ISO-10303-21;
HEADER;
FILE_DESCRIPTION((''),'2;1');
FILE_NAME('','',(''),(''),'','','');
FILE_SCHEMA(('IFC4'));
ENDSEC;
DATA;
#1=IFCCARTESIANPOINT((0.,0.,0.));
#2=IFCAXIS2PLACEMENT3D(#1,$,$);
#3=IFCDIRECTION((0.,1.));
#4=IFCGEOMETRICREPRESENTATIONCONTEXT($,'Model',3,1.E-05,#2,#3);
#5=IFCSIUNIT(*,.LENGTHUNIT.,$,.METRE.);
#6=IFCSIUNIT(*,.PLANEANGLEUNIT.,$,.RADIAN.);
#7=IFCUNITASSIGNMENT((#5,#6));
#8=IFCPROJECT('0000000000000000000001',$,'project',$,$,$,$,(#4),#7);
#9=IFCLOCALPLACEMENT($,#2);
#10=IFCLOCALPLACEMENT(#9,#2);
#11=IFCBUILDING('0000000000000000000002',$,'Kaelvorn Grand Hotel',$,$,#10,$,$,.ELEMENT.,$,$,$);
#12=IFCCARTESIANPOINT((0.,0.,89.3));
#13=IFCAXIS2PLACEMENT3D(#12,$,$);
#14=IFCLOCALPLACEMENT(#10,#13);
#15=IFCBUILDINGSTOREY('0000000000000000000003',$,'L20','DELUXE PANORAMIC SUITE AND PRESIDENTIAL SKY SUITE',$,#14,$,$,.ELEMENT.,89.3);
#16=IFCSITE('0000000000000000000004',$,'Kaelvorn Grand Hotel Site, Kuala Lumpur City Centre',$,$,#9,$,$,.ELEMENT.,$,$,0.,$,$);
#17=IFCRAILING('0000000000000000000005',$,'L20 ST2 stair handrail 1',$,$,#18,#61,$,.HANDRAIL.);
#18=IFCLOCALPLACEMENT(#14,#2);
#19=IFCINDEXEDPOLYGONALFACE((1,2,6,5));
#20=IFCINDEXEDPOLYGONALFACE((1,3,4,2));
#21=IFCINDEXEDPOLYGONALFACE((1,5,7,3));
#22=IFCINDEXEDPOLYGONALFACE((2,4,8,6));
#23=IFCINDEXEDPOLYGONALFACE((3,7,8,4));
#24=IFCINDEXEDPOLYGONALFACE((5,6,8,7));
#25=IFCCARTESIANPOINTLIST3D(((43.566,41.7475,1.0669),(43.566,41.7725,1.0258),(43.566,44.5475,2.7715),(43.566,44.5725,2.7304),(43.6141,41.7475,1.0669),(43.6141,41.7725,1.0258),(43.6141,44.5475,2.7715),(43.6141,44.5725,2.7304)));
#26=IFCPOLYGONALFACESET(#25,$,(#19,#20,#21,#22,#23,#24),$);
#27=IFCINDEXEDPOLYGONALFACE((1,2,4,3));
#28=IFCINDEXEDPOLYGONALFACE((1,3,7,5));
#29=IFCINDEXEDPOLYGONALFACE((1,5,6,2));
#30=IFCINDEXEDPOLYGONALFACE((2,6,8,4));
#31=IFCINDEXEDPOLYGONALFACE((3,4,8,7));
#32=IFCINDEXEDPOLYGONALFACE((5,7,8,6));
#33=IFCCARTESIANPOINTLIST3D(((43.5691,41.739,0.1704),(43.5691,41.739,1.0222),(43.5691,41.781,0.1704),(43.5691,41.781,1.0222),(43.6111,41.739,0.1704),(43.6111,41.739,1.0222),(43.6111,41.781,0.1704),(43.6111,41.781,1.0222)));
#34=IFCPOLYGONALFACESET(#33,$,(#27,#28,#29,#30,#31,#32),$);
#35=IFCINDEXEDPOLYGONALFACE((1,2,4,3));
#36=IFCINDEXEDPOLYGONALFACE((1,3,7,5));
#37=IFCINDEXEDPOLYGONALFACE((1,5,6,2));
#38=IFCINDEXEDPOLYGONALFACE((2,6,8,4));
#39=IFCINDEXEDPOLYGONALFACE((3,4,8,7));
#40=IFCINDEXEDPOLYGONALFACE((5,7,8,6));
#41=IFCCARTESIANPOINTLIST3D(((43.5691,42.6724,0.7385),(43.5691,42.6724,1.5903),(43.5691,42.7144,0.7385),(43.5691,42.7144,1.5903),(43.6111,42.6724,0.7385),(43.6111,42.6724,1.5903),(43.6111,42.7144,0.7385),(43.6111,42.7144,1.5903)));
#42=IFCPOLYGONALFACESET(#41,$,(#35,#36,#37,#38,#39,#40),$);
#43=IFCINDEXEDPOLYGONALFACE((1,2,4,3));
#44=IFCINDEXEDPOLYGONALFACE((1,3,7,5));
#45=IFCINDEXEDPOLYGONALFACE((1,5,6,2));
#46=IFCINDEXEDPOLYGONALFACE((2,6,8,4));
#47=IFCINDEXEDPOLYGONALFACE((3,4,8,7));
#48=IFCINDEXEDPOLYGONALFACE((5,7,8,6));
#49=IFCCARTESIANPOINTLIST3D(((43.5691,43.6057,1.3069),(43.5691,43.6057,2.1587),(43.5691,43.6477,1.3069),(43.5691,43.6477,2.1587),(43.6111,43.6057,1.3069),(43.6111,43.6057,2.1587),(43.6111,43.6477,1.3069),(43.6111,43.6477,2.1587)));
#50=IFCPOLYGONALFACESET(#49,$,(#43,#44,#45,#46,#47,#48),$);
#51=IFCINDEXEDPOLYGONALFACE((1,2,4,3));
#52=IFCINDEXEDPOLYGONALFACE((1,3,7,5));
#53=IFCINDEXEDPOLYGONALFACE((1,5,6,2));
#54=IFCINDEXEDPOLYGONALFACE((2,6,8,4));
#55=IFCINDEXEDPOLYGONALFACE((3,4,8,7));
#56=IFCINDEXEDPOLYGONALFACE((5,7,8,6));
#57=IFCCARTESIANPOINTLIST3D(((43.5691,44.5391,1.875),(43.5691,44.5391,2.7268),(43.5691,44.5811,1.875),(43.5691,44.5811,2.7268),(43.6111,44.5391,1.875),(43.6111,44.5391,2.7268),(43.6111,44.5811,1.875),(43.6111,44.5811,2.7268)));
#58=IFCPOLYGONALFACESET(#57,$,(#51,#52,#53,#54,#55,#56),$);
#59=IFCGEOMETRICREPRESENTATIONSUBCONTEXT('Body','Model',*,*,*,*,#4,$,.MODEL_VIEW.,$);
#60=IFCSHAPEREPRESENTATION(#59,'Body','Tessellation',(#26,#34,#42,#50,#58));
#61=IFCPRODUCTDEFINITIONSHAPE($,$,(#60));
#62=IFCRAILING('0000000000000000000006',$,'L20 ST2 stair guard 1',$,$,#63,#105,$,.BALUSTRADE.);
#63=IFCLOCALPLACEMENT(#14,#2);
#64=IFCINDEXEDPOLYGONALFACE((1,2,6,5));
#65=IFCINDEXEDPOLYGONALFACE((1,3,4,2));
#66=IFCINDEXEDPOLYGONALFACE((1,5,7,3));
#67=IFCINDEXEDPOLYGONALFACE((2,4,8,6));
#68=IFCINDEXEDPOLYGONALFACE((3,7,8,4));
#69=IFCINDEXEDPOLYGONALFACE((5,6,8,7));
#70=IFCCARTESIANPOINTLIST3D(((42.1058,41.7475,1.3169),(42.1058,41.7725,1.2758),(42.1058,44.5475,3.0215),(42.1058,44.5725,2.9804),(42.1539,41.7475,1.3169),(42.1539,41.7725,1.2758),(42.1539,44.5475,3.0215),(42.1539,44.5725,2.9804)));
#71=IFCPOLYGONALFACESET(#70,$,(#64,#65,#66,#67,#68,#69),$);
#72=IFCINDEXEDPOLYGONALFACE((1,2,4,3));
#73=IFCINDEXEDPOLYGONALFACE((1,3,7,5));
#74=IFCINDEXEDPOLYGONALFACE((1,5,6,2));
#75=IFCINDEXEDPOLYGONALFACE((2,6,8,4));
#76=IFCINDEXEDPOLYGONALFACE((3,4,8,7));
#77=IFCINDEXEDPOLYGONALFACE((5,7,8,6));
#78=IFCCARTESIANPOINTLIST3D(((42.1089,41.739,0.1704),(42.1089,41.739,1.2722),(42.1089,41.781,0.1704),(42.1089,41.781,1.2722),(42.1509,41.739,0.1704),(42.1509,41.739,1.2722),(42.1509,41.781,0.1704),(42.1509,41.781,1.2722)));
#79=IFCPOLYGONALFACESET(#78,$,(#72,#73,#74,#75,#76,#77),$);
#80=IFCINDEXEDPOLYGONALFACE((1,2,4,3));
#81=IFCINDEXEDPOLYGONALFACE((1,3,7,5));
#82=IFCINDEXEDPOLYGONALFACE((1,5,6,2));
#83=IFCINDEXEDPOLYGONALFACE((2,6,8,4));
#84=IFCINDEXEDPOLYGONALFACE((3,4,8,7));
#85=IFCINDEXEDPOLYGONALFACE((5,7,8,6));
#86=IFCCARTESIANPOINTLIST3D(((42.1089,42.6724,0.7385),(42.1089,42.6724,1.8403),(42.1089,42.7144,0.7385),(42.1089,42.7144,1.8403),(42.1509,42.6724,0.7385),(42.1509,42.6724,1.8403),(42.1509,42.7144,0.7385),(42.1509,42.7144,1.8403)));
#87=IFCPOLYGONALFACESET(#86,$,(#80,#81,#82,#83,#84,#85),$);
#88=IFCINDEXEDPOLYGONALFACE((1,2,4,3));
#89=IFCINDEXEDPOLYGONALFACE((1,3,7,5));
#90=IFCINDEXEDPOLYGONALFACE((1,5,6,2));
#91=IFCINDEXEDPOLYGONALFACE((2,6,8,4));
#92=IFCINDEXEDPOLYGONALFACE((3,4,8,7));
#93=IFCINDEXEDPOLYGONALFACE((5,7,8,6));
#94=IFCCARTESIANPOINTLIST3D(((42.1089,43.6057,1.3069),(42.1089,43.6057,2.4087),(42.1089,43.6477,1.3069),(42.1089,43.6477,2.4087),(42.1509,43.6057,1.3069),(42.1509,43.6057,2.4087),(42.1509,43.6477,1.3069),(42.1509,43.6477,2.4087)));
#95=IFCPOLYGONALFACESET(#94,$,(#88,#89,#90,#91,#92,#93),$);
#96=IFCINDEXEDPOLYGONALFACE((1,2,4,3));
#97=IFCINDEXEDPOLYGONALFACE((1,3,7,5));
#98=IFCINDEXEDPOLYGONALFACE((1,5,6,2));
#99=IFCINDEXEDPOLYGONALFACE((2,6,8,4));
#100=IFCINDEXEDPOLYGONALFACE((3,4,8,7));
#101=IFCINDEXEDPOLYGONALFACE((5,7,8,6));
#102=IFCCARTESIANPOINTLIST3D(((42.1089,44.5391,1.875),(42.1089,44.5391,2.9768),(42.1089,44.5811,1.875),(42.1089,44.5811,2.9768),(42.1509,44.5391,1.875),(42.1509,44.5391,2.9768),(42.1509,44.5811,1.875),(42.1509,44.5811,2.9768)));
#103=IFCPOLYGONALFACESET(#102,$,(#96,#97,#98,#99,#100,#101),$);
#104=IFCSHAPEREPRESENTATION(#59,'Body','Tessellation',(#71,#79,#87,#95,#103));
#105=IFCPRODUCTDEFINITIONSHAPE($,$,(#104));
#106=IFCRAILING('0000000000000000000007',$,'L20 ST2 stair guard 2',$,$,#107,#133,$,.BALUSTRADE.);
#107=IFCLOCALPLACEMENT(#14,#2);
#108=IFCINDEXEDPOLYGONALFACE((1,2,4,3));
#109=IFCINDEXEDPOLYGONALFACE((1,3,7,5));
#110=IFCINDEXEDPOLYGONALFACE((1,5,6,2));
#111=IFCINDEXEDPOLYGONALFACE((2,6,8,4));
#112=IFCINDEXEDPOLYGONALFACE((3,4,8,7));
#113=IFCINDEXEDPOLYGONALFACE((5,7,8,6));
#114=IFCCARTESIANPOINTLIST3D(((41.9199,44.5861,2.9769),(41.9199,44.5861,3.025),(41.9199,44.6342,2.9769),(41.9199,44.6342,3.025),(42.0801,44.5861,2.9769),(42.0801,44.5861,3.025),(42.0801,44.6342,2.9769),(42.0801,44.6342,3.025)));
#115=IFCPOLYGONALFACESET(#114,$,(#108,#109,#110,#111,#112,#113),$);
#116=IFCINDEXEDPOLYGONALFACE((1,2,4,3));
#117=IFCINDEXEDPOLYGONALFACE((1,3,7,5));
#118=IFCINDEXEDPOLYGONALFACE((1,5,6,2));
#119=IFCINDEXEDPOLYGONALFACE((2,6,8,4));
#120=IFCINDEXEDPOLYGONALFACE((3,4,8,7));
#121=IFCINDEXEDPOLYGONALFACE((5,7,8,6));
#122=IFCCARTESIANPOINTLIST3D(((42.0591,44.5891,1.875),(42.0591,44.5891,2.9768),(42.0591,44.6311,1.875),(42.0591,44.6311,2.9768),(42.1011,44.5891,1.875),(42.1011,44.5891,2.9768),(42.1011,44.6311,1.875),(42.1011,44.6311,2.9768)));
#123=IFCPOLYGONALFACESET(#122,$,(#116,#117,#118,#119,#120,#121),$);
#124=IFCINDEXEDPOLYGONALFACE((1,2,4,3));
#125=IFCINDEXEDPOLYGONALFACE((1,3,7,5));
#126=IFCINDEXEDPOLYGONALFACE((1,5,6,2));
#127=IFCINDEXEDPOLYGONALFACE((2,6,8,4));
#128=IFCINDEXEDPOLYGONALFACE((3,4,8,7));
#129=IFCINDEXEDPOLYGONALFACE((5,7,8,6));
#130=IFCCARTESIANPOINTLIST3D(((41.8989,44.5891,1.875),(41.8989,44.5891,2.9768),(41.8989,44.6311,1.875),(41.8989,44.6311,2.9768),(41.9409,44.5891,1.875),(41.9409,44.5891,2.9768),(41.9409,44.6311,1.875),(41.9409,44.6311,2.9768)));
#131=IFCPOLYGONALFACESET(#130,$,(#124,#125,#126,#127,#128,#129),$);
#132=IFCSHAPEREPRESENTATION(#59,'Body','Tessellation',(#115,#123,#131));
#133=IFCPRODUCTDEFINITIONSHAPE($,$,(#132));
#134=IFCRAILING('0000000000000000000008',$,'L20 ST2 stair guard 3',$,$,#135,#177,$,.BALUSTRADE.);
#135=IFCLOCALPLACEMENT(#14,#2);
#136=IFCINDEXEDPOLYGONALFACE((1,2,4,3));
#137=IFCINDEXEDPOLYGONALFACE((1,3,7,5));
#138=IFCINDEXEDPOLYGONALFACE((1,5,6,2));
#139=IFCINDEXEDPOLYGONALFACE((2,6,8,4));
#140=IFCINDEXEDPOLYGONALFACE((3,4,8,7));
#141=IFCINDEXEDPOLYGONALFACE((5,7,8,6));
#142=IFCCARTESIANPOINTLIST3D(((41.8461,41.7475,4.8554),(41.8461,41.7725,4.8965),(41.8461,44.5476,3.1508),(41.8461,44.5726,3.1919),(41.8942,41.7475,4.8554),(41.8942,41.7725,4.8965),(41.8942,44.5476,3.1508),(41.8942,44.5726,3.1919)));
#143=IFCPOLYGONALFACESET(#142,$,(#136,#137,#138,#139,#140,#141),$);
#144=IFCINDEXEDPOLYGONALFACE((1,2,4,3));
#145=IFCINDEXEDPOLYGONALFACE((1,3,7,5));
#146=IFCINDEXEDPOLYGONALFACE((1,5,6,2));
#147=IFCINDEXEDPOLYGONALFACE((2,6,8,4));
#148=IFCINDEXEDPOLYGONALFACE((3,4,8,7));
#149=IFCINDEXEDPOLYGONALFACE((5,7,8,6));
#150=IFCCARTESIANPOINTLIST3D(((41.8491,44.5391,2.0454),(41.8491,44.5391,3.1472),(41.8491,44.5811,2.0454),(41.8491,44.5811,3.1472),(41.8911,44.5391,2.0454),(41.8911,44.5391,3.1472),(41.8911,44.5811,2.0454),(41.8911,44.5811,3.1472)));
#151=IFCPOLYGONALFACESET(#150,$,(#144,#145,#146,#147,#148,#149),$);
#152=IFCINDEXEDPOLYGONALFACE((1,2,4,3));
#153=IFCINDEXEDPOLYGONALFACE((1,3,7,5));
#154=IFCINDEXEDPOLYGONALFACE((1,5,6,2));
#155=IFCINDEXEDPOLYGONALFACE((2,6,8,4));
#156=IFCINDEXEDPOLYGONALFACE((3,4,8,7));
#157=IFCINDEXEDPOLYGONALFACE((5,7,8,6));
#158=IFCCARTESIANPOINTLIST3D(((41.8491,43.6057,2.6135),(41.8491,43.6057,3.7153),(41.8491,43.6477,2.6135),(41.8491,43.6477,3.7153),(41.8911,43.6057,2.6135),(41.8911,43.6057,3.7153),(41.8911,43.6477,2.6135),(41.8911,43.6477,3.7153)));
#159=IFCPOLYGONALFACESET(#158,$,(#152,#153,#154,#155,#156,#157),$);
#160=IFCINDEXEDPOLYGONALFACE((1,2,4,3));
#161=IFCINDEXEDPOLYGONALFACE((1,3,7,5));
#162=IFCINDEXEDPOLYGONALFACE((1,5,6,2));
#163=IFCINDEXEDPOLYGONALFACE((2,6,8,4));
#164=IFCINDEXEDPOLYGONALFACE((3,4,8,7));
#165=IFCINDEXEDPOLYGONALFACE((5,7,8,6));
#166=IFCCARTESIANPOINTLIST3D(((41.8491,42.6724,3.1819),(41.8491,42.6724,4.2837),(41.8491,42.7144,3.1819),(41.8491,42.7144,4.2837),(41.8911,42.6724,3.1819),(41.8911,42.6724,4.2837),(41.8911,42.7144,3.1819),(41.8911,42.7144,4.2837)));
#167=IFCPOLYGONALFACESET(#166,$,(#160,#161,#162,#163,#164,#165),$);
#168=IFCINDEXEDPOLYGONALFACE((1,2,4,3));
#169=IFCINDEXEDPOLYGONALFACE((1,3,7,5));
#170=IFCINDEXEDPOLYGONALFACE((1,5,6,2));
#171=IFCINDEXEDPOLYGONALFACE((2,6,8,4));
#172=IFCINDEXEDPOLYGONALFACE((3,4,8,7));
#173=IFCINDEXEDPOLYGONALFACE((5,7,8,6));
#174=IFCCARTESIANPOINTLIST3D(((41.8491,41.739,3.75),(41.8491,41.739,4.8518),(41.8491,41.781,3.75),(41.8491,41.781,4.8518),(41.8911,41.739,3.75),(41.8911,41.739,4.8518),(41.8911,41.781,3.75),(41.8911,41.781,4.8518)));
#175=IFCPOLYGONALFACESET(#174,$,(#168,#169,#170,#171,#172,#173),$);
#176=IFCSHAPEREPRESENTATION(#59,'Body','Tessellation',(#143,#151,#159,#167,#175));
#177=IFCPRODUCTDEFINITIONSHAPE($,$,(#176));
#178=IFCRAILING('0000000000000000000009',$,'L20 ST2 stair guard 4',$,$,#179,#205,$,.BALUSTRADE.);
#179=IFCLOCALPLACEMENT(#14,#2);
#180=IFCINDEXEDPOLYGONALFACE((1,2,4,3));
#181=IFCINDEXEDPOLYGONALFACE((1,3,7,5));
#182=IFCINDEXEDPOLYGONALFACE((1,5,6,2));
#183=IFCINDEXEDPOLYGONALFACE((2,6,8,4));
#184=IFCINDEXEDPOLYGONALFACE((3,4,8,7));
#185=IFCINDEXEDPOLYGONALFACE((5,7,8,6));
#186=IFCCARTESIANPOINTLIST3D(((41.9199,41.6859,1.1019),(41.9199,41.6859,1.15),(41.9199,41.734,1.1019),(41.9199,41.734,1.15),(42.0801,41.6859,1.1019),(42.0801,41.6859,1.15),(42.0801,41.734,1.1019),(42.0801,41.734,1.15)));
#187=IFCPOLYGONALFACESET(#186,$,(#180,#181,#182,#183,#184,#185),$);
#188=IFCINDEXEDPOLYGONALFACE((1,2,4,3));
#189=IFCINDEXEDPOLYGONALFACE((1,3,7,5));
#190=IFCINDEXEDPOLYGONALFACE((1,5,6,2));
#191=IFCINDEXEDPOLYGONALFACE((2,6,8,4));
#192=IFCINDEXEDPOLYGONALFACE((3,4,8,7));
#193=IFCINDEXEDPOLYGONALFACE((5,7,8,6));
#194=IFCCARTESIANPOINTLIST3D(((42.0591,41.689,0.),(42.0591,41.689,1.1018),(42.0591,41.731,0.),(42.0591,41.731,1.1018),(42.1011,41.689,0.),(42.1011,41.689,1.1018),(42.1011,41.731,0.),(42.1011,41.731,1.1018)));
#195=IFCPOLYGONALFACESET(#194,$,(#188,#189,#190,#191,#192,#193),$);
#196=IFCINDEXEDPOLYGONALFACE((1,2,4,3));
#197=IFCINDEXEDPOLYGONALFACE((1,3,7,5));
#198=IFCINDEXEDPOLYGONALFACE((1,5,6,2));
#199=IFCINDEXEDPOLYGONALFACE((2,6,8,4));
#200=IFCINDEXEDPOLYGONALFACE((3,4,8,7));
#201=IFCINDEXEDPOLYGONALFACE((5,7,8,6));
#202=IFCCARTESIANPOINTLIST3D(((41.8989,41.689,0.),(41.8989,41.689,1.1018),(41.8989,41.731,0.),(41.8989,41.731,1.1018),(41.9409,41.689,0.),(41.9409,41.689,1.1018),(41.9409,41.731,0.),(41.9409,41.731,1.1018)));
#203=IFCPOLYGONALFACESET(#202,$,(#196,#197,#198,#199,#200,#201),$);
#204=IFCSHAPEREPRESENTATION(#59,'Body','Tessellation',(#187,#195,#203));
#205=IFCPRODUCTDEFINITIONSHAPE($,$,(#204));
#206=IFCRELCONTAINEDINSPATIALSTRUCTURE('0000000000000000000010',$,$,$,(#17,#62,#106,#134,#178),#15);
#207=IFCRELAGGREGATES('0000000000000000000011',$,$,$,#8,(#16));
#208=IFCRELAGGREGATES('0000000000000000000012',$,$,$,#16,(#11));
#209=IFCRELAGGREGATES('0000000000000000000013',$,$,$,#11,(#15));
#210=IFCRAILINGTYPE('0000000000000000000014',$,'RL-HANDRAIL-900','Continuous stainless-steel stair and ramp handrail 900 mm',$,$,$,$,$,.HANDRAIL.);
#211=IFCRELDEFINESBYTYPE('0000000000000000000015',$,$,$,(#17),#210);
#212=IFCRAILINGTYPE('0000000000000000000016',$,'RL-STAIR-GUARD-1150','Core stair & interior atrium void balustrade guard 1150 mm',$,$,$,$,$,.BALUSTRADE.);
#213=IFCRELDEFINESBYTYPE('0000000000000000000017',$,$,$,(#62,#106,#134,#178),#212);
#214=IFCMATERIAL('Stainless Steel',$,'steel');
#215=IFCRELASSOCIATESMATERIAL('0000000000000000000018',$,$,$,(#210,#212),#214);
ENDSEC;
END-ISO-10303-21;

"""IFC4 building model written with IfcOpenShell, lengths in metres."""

from ifc_helpers import new_model, si_unit, direction, frame, origin, origin_2d, place, context, subcontext, project, spatial, rectangle, extrude, material, type_object, element, save


model = new_model("IFC4")

# Units and contexts
model_context = context("Model", 3, precision=1e-05, world=origin(), true_north=direction((0.0, 1.0)))
body_context = subcontext(model_context, "Body", "Model", "MODEL_VIEW")
ifc_project = project(units=[si_unit("LENGTHUNIT", "METRE"), si_unit("PLANEANGLEUNIT", "RADIAN")], contexts=[model_context])

# Site, building, storey
site_placement = place(None, origin())
site = spatial("IfcSite", under=ifc_project, at=site_placement, Name="Kaelvorn Grand Hotel Site, Kuala Lumpur City Centre", CompositionType="ELEMENT", RefElevation=0.0)
building_placement = place(site_placement, origin())
building = spatial("IfcBuilding", under=site, at=building_placement, Name="Kaelvorn Grand Hotel", CompositionType="ELEMENT")
storey_placement = place(building_placement, frame((0.0, 0.0, 89.3)))
storey = spatial("IfcBuildingStorey", under=building, at=storey_placement, Name="L20", Description="DELUXE PANORAMIC SUITE AND PRESIDENTIAL SKY SUITE", CompositionType="ELEMENT", Elevation=89.3)

# Railings
ifc_material_1 = material(Name="Stainless Steel", Category="steel")
railing_type_1 = type_object("IfcRailingType", Name="RL-HANDRAIL-900", Description="Continuous stainless-steel stair and ramp handrail 900 mm", PredefinedType="HANDRAIL", material=ifc_material_1)
railing_1_placement = place(storey_placement, frame((43.5901, 41.76, 0.1704)))
element("IfcRailing", 1, at=railing_1_placement, inside=storey, type_object=railing_type_1, Name="L20 ST2 stair handrail 1", PredefinedType="HANDRAIL", context=body_context, shape_type="SweptSolid", body=[
    extrude(rectangle(XDim=0.0481, YDim=0.0481, at=origin_2d()), frame((0.0, 0.0, 0.876), z_axis=(0.0, 0.85417, 0.519994), x_axis=(-1.0, 0.0, 0.0)), (0.0, 0.0, 1.0), 3.2781),
    extrude(rectangle(XDim=0.042, YDim=0.042, at=origin_2d()), origin(), (0.0, 0.0, 1.0), 0.8518),
    extrude(rectangle(XDim=0.042, YDim=0.042, at=origin_2d()), frame((0.0, 0.9333, 0.5681)), (0.0, 0.0, 1.0), 0.8518),
    extrude(rectangle(XDim=0.042, YDim=0.042, at=origin_2d()), frame((0.0, 1.8667, 1.1365)), (0.0, 0.0, 1.0), 0.8518),
    extrude(rectangle(XDim=0.042, YDim=0.042, at=origin_2d()), frame((0.0, 2.8, 1.7046)), (0.0, 0.0, 1.0), 0.8518),
])
railing_type_2 = type_object("IfcRailingType", Name="RL-STAIR-GUARD-1150", Description="Core stair & interior atrium void balustrade guard 1150 mm", PredefinedType="BALUSTRADE", material=ifc_material_1)
railing_2_placement = place(storey_placement, frame((42.1299, 41.76, 0.1704)))
element("IfcRailing", 2, at=railing_2_placement, inside=storey, type_object=railing_type_2, Name="L20 ST2 stair guard 1", PredefinedType="BALUSTRADE", context=body_context, shape_type="SweptSolid", body=[
    extrude(rectangle(XDim=0.0481, YDim=0.0481, at=origin_2d()), frame((0.0, 0.0, 1.126), z_axis=(0.0, 0.85417, 0.519994), x_axis=(-1.0, 0.0, 0.0)), (0.0, 0.0, 1.0), 3.2781),
    extrude(rectangle(XDim=0.042, YDim=0.042, at=origin_2d()), origin(), (0.0, 0.0, 1.0), 1.1018),
    extrude(rectangle(XDim=0.042, YDim=0.042, at=origin_2d()), frame((0.0, 0.9333, 0.5681)), (0.0, 0.0, 1.0), 1.1018),
    extrude(rectangle(XDim=0.042, YDim=0.042, at=origin_2d()), frame((0.0, 1.8667, 1.1365)), (0.0, 0.0, 1.0), 1.1018),
    extrude(rectangle(XDim=0.042, YDim=0.042, at=origin_2d()), frame((0.0, 2.8, 1.7046)), (0.0, 0.0, 1.0), 1.1018),
])
railing_3_placement = place(storey_placement, frame((42.0801, 44.6101, 1.875)))
element("IfcRailing", 3, at=railing_3_placement, inside=storey, type_object=railing_type_2, Name="L20 ST2 stair guard 2", PredefinedType="BALUSTRADE", context=body_context, shape_type="SweptSolid", body=[
    extrude(rectangle(XDim=0.0481, YDim=0.0481, at=origin_2d()), frame((0.0, 0.0, 1.126), z_axis=(-1.0, 0.0, 0.0), x_axis=(0.0, -1.0, 0.0)), (0.0, 0.0, 1.0), 0.1602),
    extrude(rectangle(XDim=0.042, YDim=0.042, at=origin_2d()), origin(), (0.0, 0.0, 1.0), 1.1018),
    extrude(rectangle(XDim=0.042, YDim=0.042, at=origin_2d()), frame((-0.1602, 0.0, 0.0)), (0.0, 0.0, 1.0), 1.1018),
])
railing_4_placement = place(storey_placement, frame((41.8701, 44.5601, 2.0454)))
element("IfcRailing", 4, at=railing_4_placement, inside=storey, type_object=railing_type_2, Name="L20 ST2 stair guard 3", PredefinedType="BALUSTRADE", context=body_context, shape_type="SweptSolid", body=[
    extrude(rectangle(XDim=0.0481, YDim=0.0481, at=origin_2d()), frame((0.0, 0.0, 1.126), z_axis=(0.0, -0.85417, 0.519994), x_axis=(1.0, 0.0, 0.0)), (0.0, 0.0, 1.0), 3.2781),
    extrude(rectangle(XDim=0.042, YDim=0.042, at=origin_2d()), origin(), (0.0, 0.0, 1.0), 1.1018),
    extrude(rectangle(XDim=0.042, YDim=0.042, at=origin_2d()), frame((0.0, -0.9333, 0.5681)), (0.0, 0.0, 1.0), 1.1018),
    extrude(rectangle(XDim=0.042, YDim=0.042, at=origin_2d()), frame((0.0, -1.8667, 1.1365)), (0.0, 0.0, 1.0), 1.1018),
    extrude(rectangle(XDim=0.042, YDim=0.042, at=origin_2d()), frame((0.0, -2.8, 1.7046)), (0.0, 0.0, 1.0), 1.1018),
])
railing_5_placement = place(storey_placement, frame((42.0801, 41.71, 0.0)))
element("IfcRailing", 5, at=railing_5_placement, inside=storey, type_object=railing_type_2, Name="L20 ST2 stair guard 4", PredefinedType="BALUSTRADE", context=body_context, shape_type="SweptSolid", body=[
    extrude(rectangle(XDim=0.0481, YDim=0.0481, at=origin_2d()), frame((0.0, 0.0, 1.126), z_axis=(-1.0, 0.0, 0.0), x_axis=(0.0, -1.0, 0.0)), (0.0, 0.0, 1.0), 0.1602),
    extrude(rectangle(XDim=0.042, YDim=0.042, at=origin_2d()), origin(), (0.0, 0.0, 1.0), 1.1018),
    extrude(rectangle(XDim=0.042, YDim=0.042, at=origin_2d()), frame((-0.1602, 0.0, 0.0)), (0.0, 0.0, 1.0), 1.1018),
])

save(model, "model.ifc")
